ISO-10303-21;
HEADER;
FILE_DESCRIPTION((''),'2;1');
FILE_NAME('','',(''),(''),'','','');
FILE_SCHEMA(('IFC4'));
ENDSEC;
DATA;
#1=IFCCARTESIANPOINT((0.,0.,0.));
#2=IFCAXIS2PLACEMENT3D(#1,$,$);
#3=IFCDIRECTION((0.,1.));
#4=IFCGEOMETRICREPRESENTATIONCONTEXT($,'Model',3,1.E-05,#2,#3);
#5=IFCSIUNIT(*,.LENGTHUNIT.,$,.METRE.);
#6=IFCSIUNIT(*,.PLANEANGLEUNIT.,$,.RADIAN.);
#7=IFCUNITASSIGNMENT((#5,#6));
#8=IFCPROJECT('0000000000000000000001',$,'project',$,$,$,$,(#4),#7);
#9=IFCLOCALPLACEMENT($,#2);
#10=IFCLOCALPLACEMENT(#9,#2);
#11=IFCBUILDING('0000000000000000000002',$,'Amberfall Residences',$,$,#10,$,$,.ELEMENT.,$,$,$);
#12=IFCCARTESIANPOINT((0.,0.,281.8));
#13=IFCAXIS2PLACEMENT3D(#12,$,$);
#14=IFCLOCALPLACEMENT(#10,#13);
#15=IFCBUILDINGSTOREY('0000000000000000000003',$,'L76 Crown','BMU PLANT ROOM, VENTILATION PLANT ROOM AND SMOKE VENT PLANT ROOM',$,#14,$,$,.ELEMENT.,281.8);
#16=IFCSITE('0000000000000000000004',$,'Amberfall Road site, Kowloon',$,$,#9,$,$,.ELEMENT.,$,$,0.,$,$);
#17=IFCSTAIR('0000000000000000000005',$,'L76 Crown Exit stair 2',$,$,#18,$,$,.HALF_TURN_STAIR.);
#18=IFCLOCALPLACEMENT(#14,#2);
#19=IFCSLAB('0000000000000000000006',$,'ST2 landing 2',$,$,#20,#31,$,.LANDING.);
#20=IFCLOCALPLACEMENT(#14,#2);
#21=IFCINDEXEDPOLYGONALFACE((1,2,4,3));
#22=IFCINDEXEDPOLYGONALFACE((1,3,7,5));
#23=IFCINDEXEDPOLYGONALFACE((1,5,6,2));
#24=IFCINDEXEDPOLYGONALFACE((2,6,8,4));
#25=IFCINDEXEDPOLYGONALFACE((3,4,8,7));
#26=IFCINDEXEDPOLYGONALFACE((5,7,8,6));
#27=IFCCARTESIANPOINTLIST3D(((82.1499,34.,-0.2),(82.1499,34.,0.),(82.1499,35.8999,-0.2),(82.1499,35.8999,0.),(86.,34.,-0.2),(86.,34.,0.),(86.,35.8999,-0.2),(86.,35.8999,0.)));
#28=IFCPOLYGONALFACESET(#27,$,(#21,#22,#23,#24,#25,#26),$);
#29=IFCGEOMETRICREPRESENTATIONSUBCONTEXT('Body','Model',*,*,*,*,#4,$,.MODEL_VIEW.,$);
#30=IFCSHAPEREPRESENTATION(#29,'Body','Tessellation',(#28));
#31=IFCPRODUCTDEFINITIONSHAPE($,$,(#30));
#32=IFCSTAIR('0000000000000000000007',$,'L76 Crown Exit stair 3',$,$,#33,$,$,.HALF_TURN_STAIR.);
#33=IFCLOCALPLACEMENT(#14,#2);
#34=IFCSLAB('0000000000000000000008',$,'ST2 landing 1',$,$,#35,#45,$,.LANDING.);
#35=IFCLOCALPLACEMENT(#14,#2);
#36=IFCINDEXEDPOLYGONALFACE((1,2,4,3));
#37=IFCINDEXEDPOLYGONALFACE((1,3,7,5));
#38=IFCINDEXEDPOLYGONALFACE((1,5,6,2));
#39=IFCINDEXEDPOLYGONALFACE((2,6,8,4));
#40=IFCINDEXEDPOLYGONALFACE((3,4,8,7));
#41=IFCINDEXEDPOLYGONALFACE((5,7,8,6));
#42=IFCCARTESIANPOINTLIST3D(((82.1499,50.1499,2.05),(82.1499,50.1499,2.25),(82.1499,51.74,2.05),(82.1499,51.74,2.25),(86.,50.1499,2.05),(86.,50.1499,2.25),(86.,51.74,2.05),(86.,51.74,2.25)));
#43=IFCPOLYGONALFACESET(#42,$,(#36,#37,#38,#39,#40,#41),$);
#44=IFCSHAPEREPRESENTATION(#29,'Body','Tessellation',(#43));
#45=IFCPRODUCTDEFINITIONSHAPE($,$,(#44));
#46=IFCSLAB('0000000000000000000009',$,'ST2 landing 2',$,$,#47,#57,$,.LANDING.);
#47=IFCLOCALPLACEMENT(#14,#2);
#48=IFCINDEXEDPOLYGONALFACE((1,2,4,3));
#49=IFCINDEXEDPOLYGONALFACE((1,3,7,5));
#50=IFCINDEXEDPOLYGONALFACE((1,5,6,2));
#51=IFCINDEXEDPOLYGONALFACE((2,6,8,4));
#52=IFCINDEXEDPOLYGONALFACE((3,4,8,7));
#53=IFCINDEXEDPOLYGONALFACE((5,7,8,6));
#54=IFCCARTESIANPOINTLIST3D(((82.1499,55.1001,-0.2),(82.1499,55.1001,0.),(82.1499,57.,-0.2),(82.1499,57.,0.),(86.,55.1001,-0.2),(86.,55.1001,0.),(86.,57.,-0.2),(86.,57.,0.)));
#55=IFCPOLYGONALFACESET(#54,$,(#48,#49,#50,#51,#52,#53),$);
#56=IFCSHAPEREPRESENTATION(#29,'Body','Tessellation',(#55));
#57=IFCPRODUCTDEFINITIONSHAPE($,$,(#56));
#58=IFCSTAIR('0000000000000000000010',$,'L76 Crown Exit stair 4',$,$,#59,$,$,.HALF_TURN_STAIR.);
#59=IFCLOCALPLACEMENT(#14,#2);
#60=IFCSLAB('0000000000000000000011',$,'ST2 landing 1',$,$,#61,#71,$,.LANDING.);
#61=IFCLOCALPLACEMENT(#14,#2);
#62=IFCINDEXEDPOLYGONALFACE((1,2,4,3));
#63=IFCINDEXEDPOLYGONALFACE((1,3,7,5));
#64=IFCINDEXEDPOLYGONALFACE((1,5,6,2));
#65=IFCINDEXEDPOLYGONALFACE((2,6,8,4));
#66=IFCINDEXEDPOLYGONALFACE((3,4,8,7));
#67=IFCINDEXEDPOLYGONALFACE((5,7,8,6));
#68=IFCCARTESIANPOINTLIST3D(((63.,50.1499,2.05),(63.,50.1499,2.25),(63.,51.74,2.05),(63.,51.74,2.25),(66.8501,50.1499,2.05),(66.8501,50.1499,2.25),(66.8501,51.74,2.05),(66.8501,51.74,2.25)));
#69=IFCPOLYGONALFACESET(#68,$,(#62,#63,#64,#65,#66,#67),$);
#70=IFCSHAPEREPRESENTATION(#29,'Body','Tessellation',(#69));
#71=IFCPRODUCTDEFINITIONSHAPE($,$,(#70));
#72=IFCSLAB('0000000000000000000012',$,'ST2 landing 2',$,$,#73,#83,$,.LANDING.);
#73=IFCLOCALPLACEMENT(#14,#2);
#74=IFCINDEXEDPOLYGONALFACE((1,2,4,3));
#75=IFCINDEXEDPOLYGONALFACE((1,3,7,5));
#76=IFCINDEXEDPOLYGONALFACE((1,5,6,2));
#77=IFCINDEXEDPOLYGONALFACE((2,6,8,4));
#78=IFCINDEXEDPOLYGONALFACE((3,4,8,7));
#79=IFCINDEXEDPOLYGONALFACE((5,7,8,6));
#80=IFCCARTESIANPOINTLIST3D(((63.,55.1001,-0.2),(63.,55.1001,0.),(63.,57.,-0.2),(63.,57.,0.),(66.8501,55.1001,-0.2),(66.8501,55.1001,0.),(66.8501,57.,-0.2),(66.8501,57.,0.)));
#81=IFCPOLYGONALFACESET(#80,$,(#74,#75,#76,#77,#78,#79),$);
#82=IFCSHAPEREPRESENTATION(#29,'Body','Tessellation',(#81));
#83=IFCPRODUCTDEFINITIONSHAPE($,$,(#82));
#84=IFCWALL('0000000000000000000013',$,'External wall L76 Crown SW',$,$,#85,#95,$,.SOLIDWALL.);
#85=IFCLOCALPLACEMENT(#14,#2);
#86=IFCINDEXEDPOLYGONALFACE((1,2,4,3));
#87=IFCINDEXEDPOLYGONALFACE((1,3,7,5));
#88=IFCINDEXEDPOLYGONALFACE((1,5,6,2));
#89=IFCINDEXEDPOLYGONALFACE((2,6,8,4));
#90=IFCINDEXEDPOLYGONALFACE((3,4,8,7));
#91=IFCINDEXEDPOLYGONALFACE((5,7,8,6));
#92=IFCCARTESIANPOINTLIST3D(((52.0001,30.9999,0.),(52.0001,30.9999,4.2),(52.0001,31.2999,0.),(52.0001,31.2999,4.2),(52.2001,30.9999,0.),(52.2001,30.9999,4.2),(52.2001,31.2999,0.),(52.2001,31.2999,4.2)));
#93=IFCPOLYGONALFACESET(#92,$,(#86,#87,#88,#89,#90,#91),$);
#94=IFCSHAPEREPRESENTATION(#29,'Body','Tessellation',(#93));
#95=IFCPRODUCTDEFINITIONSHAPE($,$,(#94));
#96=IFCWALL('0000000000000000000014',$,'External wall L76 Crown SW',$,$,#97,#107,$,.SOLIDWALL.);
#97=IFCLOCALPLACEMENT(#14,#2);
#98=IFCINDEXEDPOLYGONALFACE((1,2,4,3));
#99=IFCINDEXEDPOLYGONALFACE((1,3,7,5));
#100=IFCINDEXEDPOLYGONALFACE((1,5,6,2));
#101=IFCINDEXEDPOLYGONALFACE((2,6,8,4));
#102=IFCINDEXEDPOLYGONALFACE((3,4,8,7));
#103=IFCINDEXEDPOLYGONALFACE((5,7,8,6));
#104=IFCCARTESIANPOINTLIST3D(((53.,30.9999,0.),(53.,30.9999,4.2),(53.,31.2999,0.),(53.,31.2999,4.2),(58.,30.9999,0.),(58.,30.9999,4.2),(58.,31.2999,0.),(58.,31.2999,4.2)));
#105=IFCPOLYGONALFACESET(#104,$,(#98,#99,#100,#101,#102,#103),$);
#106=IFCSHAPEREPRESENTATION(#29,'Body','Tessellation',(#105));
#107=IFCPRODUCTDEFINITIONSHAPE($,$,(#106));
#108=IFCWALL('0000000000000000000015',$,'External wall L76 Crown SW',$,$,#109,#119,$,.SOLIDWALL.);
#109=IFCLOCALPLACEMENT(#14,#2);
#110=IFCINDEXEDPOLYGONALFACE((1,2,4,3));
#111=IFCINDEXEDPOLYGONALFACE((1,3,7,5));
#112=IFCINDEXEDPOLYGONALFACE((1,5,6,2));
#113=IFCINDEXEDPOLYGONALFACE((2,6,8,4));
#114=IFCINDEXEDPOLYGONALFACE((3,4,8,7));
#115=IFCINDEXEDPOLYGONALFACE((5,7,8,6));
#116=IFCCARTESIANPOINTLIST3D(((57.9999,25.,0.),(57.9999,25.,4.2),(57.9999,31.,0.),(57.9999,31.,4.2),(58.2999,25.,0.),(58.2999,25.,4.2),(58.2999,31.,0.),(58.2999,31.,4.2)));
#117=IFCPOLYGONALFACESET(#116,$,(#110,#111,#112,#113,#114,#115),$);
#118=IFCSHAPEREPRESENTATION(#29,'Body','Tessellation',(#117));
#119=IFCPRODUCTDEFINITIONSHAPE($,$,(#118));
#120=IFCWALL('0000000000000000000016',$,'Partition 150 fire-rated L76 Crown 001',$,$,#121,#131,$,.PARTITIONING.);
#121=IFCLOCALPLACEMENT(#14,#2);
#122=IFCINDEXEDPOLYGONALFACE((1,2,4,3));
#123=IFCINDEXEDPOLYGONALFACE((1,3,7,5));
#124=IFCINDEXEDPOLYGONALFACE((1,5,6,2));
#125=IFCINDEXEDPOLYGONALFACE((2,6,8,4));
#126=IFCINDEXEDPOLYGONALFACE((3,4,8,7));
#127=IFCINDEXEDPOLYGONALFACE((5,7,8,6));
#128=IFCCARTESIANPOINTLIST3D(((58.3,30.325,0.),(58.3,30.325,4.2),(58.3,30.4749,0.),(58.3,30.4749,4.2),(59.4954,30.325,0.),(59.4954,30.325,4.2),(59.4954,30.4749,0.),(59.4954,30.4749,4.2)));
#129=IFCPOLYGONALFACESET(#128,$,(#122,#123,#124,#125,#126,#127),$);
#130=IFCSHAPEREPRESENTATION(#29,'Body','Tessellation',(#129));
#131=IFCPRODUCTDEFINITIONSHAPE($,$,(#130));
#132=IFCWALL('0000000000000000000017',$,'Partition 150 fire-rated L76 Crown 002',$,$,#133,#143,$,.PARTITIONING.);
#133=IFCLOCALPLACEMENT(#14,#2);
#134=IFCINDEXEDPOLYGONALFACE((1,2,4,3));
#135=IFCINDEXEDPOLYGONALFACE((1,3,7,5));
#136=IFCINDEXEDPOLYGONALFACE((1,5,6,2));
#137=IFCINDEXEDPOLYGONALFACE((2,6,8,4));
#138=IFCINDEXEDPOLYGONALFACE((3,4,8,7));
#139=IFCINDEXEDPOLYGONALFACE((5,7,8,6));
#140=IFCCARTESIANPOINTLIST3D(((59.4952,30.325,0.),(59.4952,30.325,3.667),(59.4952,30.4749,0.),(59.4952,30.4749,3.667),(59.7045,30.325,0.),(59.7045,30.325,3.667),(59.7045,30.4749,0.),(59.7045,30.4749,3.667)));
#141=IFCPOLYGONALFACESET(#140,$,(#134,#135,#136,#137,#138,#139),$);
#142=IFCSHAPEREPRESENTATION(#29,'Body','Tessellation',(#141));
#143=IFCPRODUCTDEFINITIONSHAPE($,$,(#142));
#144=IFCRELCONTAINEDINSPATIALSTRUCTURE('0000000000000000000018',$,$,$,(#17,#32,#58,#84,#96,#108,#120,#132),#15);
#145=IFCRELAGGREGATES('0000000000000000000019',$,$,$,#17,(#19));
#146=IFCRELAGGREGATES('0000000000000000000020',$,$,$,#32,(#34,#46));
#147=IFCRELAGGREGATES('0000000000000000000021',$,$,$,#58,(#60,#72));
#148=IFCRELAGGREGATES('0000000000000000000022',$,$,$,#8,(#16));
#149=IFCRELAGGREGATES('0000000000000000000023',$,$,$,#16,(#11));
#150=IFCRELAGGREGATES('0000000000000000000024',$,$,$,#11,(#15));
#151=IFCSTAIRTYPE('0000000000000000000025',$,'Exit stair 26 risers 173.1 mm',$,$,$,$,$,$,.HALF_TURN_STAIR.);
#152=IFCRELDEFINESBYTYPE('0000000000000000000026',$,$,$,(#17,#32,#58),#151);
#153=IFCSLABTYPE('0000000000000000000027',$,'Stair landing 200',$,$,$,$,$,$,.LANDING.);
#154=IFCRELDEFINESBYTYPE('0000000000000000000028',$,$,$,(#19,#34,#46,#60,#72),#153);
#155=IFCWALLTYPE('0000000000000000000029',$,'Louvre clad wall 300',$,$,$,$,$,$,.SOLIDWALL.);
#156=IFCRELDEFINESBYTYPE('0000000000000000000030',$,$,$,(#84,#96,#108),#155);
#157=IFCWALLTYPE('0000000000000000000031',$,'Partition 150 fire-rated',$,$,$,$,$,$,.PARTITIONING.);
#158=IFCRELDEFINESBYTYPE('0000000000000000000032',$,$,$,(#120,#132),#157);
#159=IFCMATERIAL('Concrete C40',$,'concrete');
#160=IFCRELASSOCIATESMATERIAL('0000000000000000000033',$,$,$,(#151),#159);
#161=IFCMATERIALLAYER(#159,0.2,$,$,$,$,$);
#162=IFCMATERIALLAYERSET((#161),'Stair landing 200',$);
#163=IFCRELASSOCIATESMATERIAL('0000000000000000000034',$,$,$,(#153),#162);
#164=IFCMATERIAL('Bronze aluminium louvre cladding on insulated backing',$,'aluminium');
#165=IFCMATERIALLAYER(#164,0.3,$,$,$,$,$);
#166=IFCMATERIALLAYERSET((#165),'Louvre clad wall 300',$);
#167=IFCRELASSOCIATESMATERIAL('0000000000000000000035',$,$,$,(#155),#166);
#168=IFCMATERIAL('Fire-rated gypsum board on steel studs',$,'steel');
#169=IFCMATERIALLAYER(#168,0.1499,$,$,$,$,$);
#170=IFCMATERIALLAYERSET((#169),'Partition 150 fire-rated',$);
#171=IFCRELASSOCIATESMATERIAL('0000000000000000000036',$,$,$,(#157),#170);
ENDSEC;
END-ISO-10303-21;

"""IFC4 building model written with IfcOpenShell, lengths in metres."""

from ifc_helpers import new_model, si_unit, direction, frame, frame_2d, origin, place, context, subcontext, project, spatial, polyline, rectangle, outline, extrude, material, layer, layer_set, type_object, element, aggregate, save


model = new_model("IFC4")

# Units and contexts
model_context = context("Model", 3, precision=1e-05, world=origin(), true_north=direction((0.0, 1.0)))
body_context = subcontext(model_context, "Body", "Model", "MODEL_VIEW")
ifc_project = project(units=[si_unit("LENGTHUNIT", "METRE"), si_unit("PLANEANGLEUNIT", "RADIAN")], contexts=[model_context])

# Site, building, storey
site_placement = place(None, origin())
site = spatial("IfcSite", under=ifc_project, at=site_placement, Name="Amberfall Road site, Kowloon", CompositionType="ELEMENT", RefElevation=0.0)
building_placement = place(site_placement, origin())
building = spatial("IfcBuilding", under=site, at=building_placement, Name="Amberfall Residences", CompositionType="ELEMENT")
storey_placement = place(building_placement, frame((0.0, 0.0, 281.8)))
storey = spatial("IfcBuildingStorey", under=building, at=storey_placement, Name="L76 Crown", Description="BMU PLANT ROOM, VENTILATION PLANT ROOM AND SMOKE VENT PLANT ROOM", CompositionType="ELEMENT", Elevation=281.8)

# Stairs, slabs
ifc_material_1 = material(Name="Concrete C40", Category="concrete")
stair_type = type_object("IfcStairType", Name="Exit stair 26 risers 173.1 mm", PredefinedType="HALF_TURN_STAIR", material=ifc_material_1)
ifc_layer_1 = layer(ifc_material_1, 0.2)
ifc_layer_set_1 = layer_set([ifc_layer_1], Name="Stair landing 200")
slab_type_1 = type_object("IfcSlabType", Name="Stair landing 200", PredefinedType="LANDING", material=ifc_layer_set_1)
stair_1_placement = place(storey_placement, origin())
stair_1 = element("IfcStair", 1, at=stair_1_placement, inside=storey, type_object=stair_type, Name="L76 Crown Exit stair 2", PredefinedType="HALF_TURN_STAIR")
slab_1_placement = place(storey_placement, frame((0.0, 0.0, -0.2)))
slab_1 = element("IfcSlab", 2, at=slab_1_placement, type_object=slab_type_1, Name="ST2 landing 2", PredefinedType="LANDING", context=body_context, shape_type="SweptSolid", body=[
    extrude(outline(polyline([(86.0, 34.0), (86.0, 35.8999), (82.1499, 35.8999), (82.1499, 34.0), (86.0, 34.0)])), origin(), (0.0, 0.0, 1.0), 0.2),
])
aggregate(stair_1, [slab_1])
stair_2_placement = place(storey_placement, origin())
stair_2 = element("IfcStair", 3, at=stair_2_placement, inside=storey, type_object=stair_type, Name="L76 Crown Exit stair 3", PredefinedType="HALF_TURN_STAIR")
slab_2_placement = place(storey_placement, frame((0.0, 0.0, 2.05)))
slab_2 = element("IfcSlab", 4, at=slab_2_placement, type_object=slab_type_1, Name="ST2 landing 1", PredefinedType="LANDING", context=body_context, shape_type="SweptSolid", body=[
    extrude(outline(polyline([(82.1499, 51.74), (82.1499, 50.1499), (86.0, 50.1499), (86.0, 51.74), (82.1499, 51.74)])), origin(), (0.0, 0.0, 1.0), 0.2),
])
slab_3_placement = place(storey_placement, frame((0.0, 0.0, -0.2)))
slab_3 = element("IfcSlab", 5, at=slab_3_placement, type_object=slab_type_1, Name="ST2 landing 2", PredefinedType="LANDING", context=body_context, shape_type="SweptSolid", body=[
    extrude(outline(polyline([(82.1499, 57.0), (82.1499, 55.1001), (86.0, 55.1001), (86.0, 57.0), (82.1499, 57.0)])), origin(), (0.0, 0.0, 1.0), 0.2),
])
aggregate(stair_2, [slab_2, slab_3])
stair_3_placement = place(storey_placement, origin())
stair_3 = element("IfcStair", 6, at=stair_3_placement, inside=storey, type_object=stair_type, Name="L76 Crown Exit stair 4", PredefinedType="HALF_TURN_STAIR")
slab_4_placement = place(storey_placement, frame((0.0, 0.0, 2.05)))
slab_4 = element("IfcSlab", 7, at=slab_4_placement, type_object=slab_type_1, Name="ST2 landing 1", PredefinedType="LANDING", context=body_context, shape_type="SweptSolid", body=[
    extrude(outline(polyline([(63.0, 51.74), (63.0, 50.1499), (66.8501, 50.1499), (66.8501, 51.74), (63.0, 51.74)])), origin(), (0.0, 0.0, 1.0), 0.2),
])
slab_5_placement = place(storey_placement, frame((0.0, 0.0, -0.2)))
slab_5 = element("IfcSlab", 8, at=slab_5_placement, type_object=slab_type_1, Name="ST2 landing 2", PredefinedType="LANDING", context=body_context, shape_type="SweptSolid", body=[
    extrude(outline(polyline([(63.0, 57.0), (63.0, 55.1001), (66.8501, 55.1001), (66.8501, 57.0), (63.0, 57.0)])), origin(), (0.0, 0.0, 1.0), 0.2),
])
aggregate(stair_3, [slab_4, slab_5])

# Walls
ifc_material_2 = material(Name="Bronze aluminium louvre cladding on insulated backing", Category="aluminium")
ifc_layer_2 = layer(ifc_material_2, 0.3)
ifc_layer_set_2 = layer_set([ifc_layer_2], Name="Louvre clad wall 300")
wall_type_1 = type_object("IfcWallType", Name="Louvre clad wall 300", PredefinedType="SOLIDWALL", material=ifc_layer_set_2)
wall_1_placement = place(storey_placement, frame((52.0, 31.1499, 0.0), z_axis=(0.0, 0.0, 1.0), x_axis=(1.0, 0.0, 0.0)))
element("IfcWall", 9, at=wall_1_placement, inside=storey, type_object=wall_type_1, Name="External wall L76 Crown SW", PredefinedType="SOLIDWALL", context=body_context, shape_type="SweptSolid", body=[
    extrude(rectangle(XDim=0.2, YDim=0.3, at=frame_2d((0.1001, 0.0))), origin(), (0.0, 0.0, 1.0), 4.2),
])
wall_2_placement = place(storey_placement, frame((53.0, 31.1499, 0.0), z_axis=(0.0, 0.0, 1.0), x_axis=(1.0, 0.0, 0.0)))
element("IfcWall", 10, at=wall_2_placement, inside=storey, type_object=wall_type_1, Name="External wall L76 Crown SW", PredefinedType="SOLIDWALL", context=body_context, shape_type="SweptSolid", body=[
    extrude(rectangle(XDim=5.0, YDim=0.3, at=frame_2d((2.5, 0.0))), origin(), (0.0, 0.0, 1.0), 4.2),
])
wall_3_placement = place(storey_placement, frame((58.1499, 31.0, 0.0), z_axis=(0.0, 0.0, 1.0), x_axis=(0.0, -1.0, 0.0)))
element("IfcWall", 11, at=wall_3_placement, inside=storey, type_object=wall_type_1, Name="External wall L76 Crown SW", PredefinedType="SOLIDWALL", context=body_context, shape_type="SweptSolid", body=[
    extrude(rectangle(XDim=6.0, YDim=0.3, at=frame_2d((3.0, 0.0))), origin(), (0.0, 0.0, 1.0), 4.2),
])
ifc_material_3 = material(Name="Fire-rated gypsum board on steel studs", Category="steel")
ifc_layer_3 = layer(ifc_material_3, 0.1499)
ifc_layer_set_3 = layer_set([ifc_layer_3], Name="Partition 150 fire-rated")
wall_type_2 = type_object("IfcWallType", Name="Partition 150 fire-rated", PredefinedType="PARTITIONING", material=ifc_layer_set_3)
wall_4_placement = place(storey_placement, frame((58.3, 30.3999, 0.0), z_axis=(0.0, 0.0, 1.0), x_axis=(1.0, 0.0, 0.0)))
element("IfcWall", 12, at=wall_4_placement, inside=storey, type_object=wall_type_2, Name="Partition 150 fire-rated L76 Crown 001", PredefinedType="PARTITIONING", context=body_context, shape_type="SweptSolid", body=[
    extrude(rectangle(XDim=1.1953, YDim=0.1499, at=frame_2d((0.5977, 0.0))), origin(), (0.0, 0.0, 1.0), 4.2),
])
wall_5_placement = place(storey_placement, frame((59.4954, 30.3999, 0.0), z_axis=(0.0, 0.0, 1.0), x_axis=(1.0, 0.0, 0.0)))
element("IfcWall", 13, at=wall_5_placement, inside=storey, type_object=wall_type_2, Name="Partition 150 fire-rated L76 Crown 002", PredefinedType="PARTITIONING", context=body_context, shape_type="SweptSolid", body=[
    extrude(rectangle(XDim=0.2092, YDim=0.1499, at=frame_2d((0.1045, 0.0))), origin(), (0.0, 0.0, 1.0), 3.667),
])

save(model, "model.ifc")
